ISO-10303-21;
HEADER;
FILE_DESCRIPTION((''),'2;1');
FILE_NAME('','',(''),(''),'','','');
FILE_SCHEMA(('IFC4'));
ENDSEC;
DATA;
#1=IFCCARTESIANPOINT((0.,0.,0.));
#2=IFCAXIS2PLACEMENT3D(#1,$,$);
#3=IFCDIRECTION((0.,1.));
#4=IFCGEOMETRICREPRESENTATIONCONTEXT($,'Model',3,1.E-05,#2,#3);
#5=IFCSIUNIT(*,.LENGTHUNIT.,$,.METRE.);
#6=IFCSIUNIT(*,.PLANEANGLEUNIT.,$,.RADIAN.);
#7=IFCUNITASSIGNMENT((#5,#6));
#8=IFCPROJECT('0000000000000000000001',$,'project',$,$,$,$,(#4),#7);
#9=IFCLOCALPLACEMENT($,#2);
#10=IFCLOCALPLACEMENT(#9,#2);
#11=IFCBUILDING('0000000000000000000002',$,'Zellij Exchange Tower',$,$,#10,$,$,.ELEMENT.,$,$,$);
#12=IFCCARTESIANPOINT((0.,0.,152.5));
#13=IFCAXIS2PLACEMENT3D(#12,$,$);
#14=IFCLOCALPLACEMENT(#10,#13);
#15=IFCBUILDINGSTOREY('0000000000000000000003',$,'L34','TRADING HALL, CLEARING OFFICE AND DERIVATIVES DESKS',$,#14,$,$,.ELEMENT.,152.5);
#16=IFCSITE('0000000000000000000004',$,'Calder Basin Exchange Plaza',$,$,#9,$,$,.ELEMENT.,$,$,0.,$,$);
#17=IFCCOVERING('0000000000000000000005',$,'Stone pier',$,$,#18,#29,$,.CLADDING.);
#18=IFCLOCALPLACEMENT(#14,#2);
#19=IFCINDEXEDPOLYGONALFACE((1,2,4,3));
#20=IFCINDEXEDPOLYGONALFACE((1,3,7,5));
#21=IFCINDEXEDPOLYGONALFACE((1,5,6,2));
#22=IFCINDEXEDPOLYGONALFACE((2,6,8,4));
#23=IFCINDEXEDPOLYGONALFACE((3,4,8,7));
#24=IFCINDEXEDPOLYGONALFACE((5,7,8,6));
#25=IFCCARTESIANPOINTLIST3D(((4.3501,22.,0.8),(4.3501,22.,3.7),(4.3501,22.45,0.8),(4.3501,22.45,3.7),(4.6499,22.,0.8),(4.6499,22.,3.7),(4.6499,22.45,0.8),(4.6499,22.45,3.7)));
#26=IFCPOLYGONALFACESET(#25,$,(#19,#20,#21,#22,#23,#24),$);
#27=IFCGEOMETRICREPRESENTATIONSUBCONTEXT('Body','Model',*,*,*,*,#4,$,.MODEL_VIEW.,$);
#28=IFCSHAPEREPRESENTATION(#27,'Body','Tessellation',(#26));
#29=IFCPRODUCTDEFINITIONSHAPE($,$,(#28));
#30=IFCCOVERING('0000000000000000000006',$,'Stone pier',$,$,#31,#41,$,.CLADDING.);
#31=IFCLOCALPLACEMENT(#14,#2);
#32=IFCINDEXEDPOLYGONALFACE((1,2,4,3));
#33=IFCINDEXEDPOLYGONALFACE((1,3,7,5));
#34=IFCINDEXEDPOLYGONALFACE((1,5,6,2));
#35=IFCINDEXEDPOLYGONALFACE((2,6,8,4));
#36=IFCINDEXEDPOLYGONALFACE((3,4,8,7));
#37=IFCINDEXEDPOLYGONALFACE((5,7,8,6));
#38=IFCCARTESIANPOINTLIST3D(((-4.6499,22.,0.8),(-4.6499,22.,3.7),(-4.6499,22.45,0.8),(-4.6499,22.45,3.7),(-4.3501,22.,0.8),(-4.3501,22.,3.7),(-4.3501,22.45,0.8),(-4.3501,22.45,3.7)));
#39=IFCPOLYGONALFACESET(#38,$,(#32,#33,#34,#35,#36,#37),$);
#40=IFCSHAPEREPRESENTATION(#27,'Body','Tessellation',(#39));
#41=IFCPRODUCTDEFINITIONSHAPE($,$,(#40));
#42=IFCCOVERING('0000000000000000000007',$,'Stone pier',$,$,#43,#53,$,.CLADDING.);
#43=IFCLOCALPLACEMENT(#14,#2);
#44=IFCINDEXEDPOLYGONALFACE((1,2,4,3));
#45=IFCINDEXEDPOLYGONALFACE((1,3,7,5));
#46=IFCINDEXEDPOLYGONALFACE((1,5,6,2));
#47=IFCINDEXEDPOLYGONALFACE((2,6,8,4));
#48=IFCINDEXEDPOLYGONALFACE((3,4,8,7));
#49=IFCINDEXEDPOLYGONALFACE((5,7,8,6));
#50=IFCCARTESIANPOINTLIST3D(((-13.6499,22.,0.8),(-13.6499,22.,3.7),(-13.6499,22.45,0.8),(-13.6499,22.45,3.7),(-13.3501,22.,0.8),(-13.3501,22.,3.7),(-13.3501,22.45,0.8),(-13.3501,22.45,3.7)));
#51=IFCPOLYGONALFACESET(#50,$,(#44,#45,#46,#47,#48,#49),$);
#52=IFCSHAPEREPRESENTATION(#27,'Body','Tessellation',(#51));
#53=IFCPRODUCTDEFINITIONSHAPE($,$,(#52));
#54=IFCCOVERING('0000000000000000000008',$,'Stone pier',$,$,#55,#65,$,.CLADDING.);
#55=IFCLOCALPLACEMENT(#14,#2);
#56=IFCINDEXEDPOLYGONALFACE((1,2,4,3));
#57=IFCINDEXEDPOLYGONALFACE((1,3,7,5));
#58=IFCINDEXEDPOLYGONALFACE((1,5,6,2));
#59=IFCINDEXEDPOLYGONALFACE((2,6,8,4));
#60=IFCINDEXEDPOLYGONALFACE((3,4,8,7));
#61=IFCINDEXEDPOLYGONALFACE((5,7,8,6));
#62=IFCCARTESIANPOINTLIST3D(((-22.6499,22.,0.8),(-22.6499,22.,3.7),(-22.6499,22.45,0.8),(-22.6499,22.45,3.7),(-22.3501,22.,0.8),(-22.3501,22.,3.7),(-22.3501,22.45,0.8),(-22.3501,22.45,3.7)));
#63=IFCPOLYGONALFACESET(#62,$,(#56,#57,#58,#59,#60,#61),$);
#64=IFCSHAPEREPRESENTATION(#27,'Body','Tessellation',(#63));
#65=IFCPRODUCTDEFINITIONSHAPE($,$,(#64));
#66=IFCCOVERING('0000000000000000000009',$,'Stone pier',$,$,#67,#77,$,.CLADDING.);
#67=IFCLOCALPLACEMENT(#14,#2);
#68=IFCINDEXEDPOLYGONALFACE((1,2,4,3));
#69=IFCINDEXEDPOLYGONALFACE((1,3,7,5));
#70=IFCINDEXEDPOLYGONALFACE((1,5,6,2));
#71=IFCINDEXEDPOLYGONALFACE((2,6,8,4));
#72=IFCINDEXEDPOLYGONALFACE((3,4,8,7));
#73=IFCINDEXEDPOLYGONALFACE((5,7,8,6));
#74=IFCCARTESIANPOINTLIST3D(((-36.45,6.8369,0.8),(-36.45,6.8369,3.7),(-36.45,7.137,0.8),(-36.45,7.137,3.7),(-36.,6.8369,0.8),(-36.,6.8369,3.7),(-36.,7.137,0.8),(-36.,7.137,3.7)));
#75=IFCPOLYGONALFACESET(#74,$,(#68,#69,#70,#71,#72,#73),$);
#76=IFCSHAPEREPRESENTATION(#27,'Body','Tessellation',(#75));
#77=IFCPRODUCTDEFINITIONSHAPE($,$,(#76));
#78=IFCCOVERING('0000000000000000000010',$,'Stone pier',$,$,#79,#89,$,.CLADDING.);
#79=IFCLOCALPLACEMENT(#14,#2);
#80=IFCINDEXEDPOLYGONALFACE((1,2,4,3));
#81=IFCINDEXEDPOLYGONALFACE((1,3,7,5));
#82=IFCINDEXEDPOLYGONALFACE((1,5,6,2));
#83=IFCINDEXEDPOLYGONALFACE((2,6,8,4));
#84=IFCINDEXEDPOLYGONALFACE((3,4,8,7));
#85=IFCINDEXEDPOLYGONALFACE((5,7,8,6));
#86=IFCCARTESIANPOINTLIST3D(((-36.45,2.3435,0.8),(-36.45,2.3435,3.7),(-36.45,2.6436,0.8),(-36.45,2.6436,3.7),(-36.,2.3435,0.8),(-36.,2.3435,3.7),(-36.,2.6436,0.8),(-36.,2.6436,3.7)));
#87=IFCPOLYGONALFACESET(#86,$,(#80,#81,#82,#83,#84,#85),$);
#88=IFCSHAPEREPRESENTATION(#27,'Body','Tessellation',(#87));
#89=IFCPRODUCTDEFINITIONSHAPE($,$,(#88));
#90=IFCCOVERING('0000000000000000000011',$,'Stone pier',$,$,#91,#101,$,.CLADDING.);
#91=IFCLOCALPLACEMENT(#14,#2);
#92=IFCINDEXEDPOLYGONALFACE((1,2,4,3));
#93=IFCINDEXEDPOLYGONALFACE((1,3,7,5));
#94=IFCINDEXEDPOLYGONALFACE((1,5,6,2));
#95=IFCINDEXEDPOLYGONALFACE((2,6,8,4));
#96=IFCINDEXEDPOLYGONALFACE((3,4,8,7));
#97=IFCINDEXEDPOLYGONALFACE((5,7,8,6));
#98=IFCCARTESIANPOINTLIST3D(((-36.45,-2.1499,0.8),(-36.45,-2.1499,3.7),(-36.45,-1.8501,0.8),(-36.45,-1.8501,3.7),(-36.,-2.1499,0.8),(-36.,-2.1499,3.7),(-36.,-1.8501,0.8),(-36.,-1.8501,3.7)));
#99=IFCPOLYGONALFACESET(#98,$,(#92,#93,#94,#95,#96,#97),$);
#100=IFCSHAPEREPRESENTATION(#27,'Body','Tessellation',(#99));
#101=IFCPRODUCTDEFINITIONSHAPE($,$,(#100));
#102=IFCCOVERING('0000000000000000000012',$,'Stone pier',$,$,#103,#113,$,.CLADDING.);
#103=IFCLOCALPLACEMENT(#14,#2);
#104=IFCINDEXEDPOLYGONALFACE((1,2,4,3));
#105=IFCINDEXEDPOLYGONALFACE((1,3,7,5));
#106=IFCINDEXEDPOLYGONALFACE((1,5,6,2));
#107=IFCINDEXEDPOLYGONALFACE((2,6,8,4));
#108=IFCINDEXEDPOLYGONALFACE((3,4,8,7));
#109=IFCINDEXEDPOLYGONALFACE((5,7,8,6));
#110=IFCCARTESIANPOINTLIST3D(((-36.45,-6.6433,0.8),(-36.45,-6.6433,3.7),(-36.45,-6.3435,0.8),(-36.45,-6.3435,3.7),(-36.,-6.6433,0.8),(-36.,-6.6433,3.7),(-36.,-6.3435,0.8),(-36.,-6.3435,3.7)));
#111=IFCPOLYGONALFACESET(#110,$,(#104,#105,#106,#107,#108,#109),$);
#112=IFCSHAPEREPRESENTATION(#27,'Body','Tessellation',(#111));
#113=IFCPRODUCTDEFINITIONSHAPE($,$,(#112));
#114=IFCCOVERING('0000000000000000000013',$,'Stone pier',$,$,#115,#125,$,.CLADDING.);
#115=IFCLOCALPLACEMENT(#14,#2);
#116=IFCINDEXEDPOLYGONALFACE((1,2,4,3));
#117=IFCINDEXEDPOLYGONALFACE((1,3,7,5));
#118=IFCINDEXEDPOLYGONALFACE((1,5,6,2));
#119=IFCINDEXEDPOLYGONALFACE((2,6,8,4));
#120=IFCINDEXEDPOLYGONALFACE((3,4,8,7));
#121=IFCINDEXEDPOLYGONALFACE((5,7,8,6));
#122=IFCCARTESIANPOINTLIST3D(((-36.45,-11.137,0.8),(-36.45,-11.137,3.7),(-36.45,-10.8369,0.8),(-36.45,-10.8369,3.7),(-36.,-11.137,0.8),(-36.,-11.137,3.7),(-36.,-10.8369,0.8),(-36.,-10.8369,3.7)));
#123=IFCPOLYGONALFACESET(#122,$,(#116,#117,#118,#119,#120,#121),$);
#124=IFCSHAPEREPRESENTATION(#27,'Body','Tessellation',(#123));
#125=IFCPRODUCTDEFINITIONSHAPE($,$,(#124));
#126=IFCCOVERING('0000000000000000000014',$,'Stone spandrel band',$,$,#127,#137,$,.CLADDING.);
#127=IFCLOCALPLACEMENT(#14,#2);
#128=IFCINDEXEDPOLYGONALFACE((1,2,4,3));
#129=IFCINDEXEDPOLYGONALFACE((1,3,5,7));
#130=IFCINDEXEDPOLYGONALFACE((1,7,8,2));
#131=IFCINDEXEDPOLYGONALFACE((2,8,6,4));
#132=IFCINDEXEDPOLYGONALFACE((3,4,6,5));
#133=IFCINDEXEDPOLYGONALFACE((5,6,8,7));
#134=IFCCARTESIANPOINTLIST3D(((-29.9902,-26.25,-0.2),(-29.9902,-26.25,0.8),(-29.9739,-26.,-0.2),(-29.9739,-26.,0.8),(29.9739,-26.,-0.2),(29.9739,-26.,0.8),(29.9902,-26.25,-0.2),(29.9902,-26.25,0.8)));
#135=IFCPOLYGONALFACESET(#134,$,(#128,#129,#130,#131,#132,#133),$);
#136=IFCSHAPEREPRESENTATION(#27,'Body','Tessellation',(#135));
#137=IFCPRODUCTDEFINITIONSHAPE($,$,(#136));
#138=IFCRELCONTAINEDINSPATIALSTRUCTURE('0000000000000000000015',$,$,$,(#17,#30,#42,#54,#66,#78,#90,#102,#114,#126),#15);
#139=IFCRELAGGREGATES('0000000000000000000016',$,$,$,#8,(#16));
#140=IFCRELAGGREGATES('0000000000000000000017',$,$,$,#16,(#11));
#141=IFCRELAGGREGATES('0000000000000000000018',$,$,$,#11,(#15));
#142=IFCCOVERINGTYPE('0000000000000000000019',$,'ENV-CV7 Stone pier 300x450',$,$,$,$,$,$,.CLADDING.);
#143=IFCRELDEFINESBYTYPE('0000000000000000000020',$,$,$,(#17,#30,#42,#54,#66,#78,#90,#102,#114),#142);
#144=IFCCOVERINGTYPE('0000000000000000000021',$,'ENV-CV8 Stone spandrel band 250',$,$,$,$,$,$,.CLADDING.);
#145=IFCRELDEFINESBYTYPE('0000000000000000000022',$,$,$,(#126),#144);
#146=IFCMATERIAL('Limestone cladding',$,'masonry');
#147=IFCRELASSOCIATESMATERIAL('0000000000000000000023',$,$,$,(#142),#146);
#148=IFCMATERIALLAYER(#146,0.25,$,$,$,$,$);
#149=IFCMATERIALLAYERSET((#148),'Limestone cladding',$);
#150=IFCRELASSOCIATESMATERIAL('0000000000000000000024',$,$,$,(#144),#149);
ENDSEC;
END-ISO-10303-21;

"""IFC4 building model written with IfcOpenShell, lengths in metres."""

from ifc_helpers import new_model, si_unit, direction, frame, origin, place, context, subcontext, project, spatial, polyline, outline, extrude, material, layer, layer_set, type_object, element, save


model = new_model("IFC4")

# Units and contexts
model_context = context("Model", 3, precision=1e-05, world=origin(), true_north=direction((0.0, 1.0)))
body_context = subcontext(model_context, "Body", "Model", "MODEL_VIEW")
ifc_project = project(units=[si_unit("LENGTHUNIT", "METRE"), si_unit("PLANEANGLEUNIT", "RADIAN")], contexts=[model_context])

# Site, building, storey
site_placement = place(None, origin())
site = spatial("IfcSite", under=ifc_project, at=site_placement, Name="Calder Basin Exchange Plaza", CompositionType="ELEMENT", RefElevation=0.0)
building_placement = place(site_placement, origin())
building = spatial("IfcBuilding", under=site, at=building_placement, Name="Zellij Exchange Tower", CompositionType="ELEMENT")
storey_placement = place(building_placement, frame((0.0, 0.0, 152.5)))
storey = spatial("IfcBuildingStorey", under=building, at=storey_placement, Name="L34", Description="TRADING HALL, CLEARING OFFICE AND DERIVATIVES DESKS", CompositionType="ELEMENT", Elevation=152.5)

# Coverings
ifc_material_1 = material(Name="Limestone cladding", Category="masonry")
covering_type_1 = type_object("IfcCoveringType", Name="ENV-CV7 Stone pier 300x450", PredefinedType="CLADDING", material=ifc_material_1)
covering_1_placement = place(storey_placement, frame((0.0, 0.0, 0.8)))
element("IfcCovering", 1, at=covering_1_placement, inside=storey, type_object=covering_type_1, Name="Stone pier", PredefinedType="CLADDING", context=body_context, shape_type="SweptSolid", body=[
    extrude(outline(polyline([(4.6499, 22.0), (4.3501, 22.0), (4.3501, 22.45), (4.6499, 22.45), (4.6499, 22.0)])), origin(), (0.0, 0.0, 1.0), 2.8999),
])
covering_2_placement = place(storey_placement, frame((0.0, 0.0, 0.8)))
element("IfcCovering", 2, at=covering_2_placement, inside=storey, type_object=covering_type_1, Name="Stone pier", PredefinedType="CLADDING", context=body_context, shape_type="SweptSolid", body=[
    extrude(outline(polyline([(-4.3501, 22.0), (-4.6499, 22.0), (-4.6499, 22.45), (-4.3501, 22.45), (-4.3501, 22.0)])), origin(), (0.0, 0.0, 1.0), 2.8999),
])
covering_3_placement = place(storey_placement, frame((0.0, 0.0, 0.8)))
element("IfcCovering", 3, at=covering_3_placement, inside=storey, type_object=covering_type_1, Name="Stone pier", PredefinedType="CLADDING", context=body_context, shape_type="SweptSolid", body=[
    extrude(outline(polyline([(-13.3501, 22.0), (-13.6499, 22.0), (-13.6499, 22.45), (-13.3501, 22.45), (-13.3501, 22.0)])), origin(), (0.0, 0.0, 1.0), 2.8999),
])
covering_4_placement = place(storey_placement, frame((0.0, 0.0, 0.8)))
element("IfcCovering", 4, at=covering_4_placement, inside=storey, type_object=covering_type_1, Name="Stone pier", PredefinedType="CLADDING", context=body_context, shape_type="SweptSolid", body=[
    extrude(outline(polyline([(-22.3501, 22.0), (-22.6499, 22.0), (-22.6499, 22.45), (-22.3501, 22.45), (-22.3501, 22.0)])), origin(), (0.0, 0.0, 1.0), 2.8999),
])
covering_5_placement = place(storey_placement, frame((0.0, 0.0, 0.8)))
element("IfcCovering", 5, at=covering_5_placement, inside=storey, type_object=covering_type_1, Name="Stone pier", PredefinedType="CLADDING", context=body_context, shape_type="SweptSolid", body=[
    extrude(outline(polyline([(-36.0, 7.137), (-36.0, 6.8369), (-36.45, 6.8369), (-36.45, 7.137), (-36.0, 7.137)])), origin(), (0.0, 0.0, 1.0), 2.8999),
])
covering_6_placement = place(storey_placement, frame((0.0, 0.0, 0.8)))
element("IfcCovering", 6, at=covering_6_placement, inside=storey, type_object=covering_type_1, Name="Stone pier", PredefinedType="CLADDING", context=body_context, shape_type="SweptSolid", body=[
    extrude(outline(polyline([(-36.0, 2.6436), (-36.0, 2.3435), (-36.45, 2.3435), (-36.45, 2.6436), (-36.0, 2.6436)])), origin(), (0.0, 0.0, 1.0), 2.8999),
])
covering_7_placement = place(storey_placement, frame((0.0, 0.0, 0.8)))
element("IfcCovering", 7, at=covering_7_placement, inside=storey, type_object=covering_type_1, Name="Stone pier", PredefinedType="CLADDING", context=body_context, shape_type="SweptSolid", body=[
    extrude(outline(polyline([(-36.0, -1.8501), (-36.0, -2.1499), (-36.45, -2.1499), (-36.45, -1.8501), (-36.0, -1.8501)])), origin(), (0.0, 0.0, 1.0), 2.8999),
])
covering_8_placement = place(storey_placement, frame((0.0, 0.0, 0.8)))
element("IfcCovering", 8, at=covering_8_placement, inside=storey, type_object=covering_type_1, Name="Stone pier", PredefinedType="CLADDING", context=body_context, shape_type="SweptSolid", body=[
    extrude(outline(polyline([(-36.0, -6.3435), (-36.0, -6.6433), (-36.45, -6.6433), (-36.45, -6.3435), (-36.0, -6.3435)])), origin(), (0.0, 0.0, 1.0), 2.8999),
])
covering_9_placement = place(storey_placement, frame((0.0, 0.0, 0.8)))
element("IfcCovering", 9, at=covering_9_placement, inside=storey, type_object=covering_type_1, Name="Stone pier", PredefinedType="CLADDING", context=body_context, shape_type="SweptSolid", body=[
    extrude(outline(polyline([(-36.0, -10.8369), (-36.0, -11.137), (-36.45, -11.137), (-36.45, -10.8369), (-36.0, -10.8369)])), origin(), (0.0, 0.0, 1.0), 2.8999),
])
ifc_layer_1 = layer(ifc_material_1, 0.25)
ifc_layer_set_1 = layer_set([ifc_layer_1], Name="Limestone cladding")
covering_type_2 = type_object("IfcCoveringType", Name="ENV-CV8 Stone spandrel band 250", PredefinedType="CLADDING", material=ifc_layer_set_1)
covering_10_placement = place(storey_placement, frame((0.0, 0.0, -0.2)))
element("IfcCovering", 10, at=covering_10_placement, inside=storey, type_object=covering_type_2, Name="Stone spandrel band", PredefinedType="CLADDING", context=body_context, shape_type="SweptSolid", body=[
    extrude(outline(polyline([(-29.9739, -26.0), (29.9739, -26.0), (29.9902, -26.25), (-29.9902, -26.25), (-29.9739, -26.0)])), origin(), (0.0, 0.0, 1.0), 1.0),
])

save(model, "model.ifc")
